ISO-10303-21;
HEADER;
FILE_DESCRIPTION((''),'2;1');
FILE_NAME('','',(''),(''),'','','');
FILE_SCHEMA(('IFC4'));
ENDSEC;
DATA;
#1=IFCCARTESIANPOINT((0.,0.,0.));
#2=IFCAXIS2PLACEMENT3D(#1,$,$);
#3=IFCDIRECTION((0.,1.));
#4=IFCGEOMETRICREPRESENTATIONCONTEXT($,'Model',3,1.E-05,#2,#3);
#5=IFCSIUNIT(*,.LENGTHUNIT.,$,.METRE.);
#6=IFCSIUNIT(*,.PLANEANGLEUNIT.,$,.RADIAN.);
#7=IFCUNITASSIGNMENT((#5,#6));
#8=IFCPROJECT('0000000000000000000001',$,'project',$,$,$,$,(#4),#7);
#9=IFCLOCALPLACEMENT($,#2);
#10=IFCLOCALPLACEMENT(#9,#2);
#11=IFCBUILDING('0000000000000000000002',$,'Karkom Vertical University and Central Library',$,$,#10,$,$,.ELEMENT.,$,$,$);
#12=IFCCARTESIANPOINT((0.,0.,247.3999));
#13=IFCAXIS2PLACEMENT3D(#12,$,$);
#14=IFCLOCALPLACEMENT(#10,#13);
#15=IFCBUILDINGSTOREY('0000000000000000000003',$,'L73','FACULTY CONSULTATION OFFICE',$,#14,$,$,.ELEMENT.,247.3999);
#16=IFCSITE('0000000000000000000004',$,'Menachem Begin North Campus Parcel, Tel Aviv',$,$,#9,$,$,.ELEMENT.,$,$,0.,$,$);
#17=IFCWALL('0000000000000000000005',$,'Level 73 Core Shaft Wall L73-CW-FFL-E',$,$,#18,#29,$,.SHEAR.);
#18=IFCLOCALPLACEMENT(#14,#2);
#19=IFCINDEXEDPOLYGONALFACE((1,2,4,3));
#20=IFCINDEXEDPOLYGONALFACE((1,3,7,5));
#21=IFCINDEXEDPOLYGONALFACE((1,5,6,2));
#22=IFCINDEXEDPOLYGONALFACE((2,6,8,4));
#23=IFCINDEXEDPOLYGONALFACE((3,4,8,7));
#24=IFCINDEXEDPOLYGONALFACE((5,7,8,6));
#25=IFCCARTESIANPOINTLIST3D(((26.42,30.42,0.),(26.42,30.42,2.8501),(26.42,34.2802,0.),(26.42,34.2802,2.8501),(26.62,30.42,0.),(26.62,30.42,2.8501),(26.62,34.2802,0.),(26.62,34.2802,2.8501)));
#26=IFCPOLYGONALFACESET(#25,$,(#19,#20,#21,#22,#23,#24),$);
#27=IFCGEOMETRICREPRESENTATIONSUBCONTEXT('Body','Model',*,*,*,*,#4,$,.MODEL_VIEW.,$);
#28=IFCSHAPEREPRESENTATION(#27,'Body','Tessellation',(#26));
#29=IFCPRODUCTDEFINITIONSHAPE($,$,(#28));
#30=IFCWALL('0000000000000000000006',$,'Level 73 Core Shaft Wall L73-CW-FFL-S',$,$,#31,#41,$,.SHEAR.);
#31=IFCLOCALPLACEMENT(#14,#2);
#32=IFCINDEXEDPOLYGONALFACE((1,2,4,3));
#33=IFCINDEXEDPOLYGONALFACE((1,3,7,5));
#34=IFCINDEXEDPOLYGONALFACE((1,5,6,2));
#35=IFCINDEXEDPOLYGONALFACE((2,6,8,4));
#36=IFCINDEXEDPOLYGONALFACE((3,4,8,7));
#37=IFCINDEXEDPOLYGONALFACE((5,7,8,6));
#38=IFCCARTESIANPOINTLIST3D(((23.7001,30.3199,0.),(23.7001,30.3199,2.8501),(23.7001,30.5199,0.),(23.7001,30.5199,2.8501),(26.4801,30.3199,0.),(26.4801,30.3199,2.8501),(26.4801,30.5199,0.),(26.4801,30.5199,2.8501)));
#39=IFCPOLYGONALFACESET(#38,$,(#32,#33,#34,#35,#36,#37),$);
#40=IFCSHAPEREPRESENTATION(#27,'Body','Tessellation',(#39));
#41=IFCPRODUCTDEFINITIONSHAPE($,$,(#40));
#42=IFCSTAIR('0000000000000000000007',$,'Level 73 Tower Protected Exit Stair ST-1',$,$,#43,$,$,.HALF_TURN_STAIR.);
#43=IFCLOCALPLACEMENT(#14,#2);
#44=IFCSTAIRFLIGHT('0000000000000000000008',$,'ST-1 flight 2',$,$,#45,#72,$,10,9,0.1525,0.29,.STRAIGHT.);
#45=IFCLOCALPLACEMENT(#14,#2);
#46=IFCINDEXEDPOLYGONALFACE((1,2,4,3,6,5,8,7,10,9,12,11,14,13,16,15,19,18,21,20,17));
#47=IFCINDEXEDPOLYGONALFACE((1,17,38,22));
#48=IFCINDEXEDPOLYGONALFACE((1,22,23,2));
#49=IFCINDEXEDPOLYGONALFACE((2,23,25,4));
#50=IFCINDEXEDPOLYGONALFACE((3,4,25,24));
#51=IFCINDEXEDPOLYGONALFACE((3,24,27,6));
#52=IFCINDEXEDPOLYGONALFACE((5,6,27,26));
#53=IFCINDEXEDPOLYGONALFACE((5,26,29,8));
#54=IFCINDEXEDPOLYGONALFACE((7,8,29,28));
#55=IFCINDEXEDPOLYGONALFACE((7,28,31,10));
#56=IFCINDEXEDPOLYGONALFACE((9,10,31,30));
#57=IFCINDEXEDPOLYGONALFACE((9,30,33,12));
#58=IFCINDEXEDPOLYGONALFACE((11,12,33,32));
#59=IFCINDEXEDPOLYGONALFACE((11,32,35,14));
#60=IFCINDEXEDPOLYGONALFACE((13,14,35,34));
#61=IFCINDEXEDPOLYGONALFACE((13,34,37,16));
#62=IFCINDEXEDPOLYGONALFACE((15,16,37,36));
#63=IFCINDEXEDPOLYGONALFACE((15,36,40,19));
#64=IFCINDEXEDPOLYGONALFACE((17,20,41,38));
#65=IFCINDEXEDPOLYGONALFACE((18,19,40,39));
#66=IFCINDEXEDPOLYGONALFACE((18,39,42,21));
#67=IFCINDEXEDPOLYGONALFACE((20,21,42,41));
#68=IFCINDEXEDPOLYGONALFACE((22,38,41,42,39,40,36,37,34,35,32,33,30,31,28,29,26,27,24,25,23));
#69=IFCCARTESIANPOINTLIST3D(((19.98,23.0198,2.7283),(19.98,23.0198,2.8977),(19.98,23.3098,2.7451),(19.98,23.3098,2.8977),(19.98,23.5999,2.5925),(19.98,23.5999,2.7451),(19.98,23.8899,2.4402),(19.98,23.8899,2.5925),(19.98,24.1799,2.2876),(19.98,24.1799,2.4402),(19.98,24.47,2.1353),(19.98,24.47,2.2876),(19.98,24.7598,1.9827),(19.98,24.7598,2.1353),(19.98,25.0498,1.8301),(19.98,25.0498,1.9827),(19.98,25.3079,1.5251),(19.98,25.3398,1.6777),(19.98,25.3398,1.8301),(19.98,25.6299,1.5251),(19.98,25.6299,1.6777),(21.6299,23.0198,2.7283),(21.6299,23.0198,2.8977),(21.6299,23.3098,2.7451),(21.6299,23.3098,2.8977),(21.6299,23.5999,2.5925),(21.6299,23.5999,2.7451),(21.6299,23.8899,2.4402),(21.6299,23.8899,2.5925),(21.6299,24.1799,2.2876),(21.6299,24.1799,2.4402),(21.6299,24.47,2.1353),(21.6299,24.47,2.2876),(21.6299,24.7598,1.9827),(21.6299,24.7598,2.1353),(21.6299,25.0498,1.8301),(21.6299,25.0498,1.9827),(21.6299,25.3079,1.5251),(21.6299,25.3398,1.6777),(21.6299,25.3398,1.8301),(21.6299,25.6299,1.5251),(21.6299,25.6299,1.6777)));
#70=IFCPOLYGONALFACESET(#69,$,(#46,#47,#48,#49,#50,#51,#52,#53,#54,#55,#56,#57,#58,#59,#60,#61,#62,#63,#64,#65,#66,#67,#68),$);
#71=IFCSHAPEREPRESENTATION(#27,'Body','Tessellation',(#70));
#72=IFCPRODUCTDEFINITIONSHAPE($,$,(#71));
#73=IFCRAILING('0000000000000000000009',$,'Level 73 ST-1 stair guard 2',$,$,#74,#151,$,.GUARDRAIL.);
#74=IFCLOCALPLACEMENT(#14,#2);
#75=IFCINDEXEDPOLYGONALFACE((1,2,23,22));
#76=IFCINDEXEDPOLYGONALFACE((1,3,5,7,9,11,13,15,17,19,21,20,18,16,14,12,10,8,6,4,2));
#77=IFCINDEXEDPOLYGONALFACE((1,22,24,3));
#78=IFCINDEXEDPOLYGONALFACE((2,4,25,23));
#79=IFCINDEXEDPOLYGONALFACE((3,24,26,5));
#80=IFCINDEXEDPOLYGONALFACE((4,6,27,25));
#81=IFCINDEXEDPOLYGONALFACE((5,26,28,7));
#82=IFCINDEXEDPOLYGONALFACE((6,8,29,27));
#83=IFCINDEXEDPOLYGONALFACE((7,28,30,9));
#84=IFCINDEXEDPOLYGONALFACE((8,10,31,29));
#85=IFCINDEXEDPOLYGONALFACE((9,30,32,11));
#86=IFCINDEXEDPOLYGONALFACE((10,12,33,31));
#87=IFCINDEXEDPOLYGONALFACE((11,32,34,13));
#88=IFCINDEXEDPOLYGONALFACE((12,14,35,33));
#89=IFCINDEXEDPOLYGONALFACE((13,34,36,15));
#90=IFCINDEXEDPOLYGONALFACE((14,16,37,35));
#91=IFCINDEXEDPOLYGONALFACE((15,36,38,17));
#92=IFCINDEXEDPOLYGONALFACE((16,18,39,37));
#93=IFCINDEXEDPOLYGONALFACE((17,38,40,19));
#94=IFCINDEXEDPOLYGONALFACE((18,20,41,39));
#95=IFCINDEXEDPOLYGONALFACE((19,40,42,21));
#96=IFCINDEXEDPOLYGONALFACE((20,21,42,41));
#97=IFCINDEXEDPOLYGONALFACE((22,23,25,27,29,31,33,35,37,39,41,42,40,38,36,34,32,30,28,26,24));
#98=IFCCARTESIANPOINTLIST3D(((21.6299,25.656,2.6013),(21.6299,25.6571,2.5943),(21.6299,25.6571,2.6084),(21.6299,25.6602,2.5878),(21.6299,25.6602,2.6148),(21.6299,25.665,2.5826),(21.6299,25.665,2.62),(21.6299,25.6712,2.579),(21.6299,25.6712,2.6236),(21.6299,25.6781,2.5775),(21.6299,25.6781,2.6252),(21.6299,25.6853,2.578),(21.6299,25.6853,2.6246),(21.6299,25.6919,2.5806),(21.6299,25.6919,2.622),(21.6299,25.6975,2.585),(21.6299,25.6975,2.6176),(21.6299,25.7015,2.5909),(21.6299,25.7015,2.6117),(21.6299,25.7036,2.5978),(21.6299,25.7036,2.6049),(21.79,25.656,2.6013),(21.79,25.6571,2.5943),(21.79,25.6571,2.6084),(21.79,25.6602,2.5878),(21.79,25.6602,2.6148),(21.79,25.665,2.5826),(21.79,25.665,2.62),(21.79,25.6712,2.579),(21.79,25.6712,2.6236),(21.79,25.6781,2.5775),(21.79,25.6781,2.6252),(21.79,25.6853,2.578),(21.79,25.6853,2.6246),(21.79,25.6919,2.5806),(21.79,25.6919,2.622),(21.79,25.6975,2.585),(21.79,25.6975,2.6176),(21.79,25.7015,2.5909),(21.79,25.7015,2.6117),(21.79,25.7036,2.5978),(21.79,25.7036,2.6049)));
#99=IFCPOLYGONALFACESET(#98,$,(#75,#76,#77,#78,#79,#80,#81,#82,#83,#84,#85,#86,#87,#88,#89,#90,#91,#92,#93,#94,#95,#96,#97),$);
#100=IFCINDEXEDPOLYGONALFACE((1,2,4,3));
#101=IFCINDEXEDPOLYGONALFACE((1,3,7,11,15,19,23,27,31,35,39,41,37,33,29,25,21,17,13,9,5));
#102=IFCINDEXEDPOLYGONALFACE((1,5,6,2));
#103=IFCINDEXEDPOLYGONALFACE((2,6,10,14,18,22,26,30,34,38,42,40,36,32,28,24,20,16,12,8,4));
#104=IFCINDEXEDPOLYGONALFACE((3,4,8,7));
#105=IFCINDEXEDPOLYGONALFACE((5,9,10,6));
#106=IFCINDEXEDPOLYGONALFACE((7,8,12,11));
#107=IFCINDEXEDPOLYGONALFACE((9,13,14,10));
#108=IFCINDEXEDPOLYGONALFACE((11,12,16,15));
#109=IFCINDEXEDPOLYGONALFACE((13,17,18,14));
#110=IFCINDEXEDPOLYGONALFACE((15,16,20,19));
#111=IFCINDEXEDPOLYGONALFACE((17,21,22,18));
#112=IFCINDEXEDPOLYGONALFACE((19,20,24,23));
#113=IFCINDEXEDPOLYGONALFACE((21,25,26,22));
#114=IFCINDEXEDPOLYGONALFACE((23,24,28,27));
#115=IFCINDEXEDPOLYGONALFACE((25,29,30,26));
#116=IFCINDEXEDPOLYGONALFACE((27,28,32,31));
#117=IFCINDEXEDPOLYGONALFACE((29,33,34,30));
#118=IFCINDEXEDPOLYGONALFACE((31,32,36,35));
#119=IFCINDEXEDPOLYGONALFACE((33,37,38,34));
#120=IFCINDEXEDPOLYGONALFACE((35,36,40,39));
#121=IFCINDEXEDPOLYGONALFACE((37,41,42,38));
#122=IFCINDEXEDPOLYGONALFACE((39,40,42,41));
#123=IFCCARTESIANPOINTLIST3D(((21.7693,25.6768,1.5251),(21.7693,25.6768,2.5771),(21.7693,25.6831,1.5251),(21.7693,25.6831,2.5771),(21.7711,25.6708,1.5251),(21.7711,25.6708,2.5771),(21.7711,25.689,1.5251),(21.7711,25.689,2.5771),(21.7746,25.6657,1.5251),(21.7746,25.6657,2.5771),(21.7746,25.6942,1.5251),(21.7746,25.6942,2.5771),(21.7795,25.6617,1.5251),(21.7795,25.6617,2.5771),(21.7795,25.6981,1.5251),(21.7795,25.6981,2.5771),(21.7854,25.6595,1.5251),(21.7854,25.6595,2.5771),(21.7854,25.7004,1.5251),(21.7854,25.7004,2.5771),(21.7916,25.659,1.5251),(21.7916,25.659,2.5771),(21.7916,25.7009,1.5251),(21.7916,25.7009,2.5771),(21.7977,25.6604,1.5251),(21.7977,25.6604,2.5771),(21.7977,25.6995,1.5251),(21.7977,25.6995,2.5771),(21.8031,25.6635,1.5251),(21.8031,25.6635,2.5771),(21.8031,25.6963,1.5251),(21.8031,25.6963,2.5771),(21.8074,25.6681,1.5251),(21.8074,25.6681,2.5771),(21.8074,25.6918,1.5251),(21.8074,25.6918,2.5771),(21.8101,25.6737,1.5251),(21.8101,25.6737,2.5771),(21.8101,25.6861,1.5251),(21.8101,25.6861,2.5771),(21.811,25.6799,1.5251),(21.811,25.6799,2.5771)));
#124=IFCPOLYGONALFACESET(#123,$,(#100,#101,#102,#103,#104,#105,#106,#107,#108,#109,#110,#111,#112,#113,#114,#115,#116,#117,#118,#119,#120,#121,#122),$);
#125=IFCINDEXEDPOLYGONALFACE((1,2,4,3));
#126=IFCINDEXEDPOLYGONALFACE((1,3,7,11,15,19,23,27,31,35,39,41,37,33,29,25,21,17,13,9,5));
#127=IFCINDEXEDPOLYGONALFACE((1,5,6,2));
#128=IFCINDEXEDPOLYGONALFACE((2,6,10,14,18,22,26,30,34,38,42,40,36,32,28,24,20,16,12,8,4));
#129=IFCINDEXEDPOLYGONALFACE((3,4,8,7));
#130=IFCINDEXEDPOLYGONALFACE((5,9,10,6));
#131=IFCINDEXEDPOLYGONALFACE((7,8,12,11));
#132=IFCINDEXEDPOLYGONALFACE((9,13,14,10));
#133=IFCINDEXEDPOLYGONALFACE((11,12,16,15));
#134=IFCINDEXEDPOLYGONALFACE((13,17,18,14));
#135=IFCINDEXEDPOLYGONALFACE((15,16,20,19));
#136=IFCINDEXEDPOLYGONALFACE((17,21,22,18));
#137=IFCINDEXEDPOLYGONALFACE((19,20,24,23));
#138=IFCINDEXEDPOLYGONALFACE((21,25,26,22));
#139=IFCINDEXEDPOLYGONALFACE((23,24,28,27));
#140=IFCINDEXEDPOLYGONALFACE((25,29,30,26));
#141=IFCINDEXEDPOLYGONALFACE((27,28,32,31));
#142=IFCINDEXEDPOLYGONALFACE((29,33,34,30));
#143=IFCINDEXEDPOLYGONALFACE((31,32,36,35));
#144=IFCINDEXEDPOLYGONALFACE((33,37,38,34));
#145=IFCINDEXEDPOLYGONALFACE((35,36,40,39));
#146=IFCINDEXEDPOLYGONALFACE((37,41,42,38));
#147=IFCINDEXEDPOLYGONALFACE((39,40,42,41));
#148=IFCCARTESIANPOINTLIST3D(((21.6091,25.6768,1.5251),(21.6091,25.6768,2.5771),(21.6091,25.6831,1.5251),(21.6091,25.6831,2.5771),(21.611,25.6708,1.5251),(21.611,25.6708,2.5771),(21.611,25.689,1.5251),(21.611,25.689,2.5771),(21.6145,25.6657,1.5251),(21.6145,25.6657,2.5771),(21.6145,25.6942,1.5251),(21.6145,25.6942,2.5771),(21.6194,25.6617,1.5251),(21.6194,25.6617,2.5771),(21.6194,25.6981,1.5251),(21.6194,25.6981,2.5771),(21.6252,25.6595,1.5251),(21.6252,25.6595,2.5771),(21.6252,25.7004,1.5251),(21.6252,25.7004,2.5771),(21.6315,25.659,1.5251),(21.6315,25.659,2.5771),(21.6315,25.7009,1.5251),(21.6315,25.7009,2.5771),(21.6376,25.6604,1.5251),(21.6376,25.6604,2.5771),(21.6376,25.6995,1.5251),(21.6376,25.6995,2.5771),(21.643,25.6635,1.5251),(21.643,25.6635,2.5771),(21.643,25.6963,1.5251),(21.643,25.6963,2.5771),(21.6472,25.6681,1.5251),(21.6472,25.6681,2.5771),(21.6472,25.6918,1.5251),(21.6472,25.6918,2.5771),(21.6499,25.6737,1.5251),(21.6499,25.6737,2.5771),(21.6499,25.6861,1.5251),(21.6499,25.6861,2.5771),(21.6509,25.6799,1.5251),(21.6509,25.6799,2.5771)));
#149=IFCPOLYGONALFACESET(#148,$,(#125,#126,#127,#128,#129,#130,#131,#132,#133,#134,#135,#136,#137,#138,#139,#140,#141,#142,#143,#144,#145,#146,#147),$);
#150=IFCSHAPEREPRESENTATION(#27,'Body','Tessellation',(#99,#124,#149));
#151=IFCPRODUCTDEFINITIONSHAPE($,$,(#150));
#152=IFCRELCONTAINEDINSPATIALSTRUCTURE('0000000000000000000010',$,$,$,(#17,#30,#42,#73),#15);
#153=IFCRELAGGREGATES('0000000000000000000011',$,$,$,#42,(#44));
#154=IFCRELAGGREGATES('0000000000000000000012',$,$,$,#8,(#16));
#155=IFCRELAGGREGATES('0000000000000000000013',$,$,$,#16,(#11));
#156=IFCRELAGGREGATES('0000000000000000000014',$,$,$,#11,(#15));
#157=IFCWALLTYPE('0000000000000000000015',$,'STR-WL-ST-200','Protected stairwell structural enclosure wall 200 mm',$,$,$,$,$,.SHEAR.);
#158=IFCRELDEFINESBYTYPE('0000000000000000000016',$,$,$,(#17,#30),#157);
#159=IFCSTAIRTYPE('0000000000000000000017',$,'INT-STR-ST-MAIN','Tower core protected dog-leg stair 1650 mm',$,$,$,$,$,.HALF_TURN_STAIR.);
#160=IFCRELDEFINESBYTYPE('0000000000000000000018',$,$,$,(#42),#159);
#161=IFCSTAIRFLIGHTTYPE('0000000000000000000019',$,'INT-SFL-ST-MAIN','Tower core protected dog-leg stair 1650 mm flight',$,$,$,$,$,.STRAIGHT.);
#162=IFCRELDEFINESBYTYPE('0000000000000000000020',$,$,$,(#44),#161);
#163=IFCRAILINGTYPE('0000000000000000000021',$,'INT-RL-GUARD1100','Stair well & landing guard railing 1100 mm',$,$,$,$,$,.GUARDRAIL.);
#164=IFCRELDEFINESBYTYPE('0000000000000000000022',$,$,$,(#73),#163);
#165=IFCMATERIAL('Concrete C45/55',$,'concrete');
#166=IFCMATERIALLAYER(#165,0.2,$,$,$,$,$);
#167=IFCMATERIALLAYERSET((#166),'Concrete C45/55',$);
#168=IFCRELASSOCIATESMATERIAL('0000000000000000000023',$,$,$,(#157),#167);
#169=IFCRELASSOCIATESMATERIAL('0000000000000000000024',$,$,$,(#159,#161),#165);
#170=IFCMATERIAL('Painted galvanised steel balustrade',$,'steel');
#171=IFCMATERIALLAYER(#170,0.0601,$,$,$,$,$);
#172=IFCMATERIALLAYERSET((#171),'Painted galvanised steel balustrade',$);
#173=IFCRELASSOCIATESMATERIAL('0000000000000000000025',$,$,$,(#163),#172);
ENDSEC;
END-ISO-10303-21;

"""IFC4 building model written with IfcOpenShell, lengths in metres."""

from ifc_helpers import new_model, si_unit, direction, frame, frame_2d, origin, origin_2d, place, context, subcontext, project, spatial, polyline, rectangle, circle, outline, extrude, material, layer, layer_set, type_object, element, aggregate, save


model = new_model("IFC4")

# Units and contexts
model_context = context("Model", 3, precision=1e-05, world=origin(), true_north=direction((0.0, 1.0)))
body_context = subcontext(model_context, "Body", "Model", "MODEL_VIEW")
ifc_project = project(units=[si_unit("LENGTHUNIT", "METRE"), si_unit("PLANEANGLEUNIT", "RADIAN")], contexts=[model_context])

# Site, building, storey
site_placement = place(None, origin())
site = spatial("IfcSite", under=ifc_project, at=site_placement, Name="Menachem Begin North Campus Parcel, Tel Aviv", CompositionType="ELEMENT", RefElevation=0.0)
building_placement = place(site_placement, origin())
building = spatial("IfcBuilding", under=site, at=building_placement, Name="Karkom Vertical University and Central Library", CompositionType="ELEMENT")
storey_placement = place(building_placement, frame((0.0, 0.0, 247.3999)))
storey = spatial("IfcBuildingStorey", under=building, at=storey_placement, Name="L73", Description="FACULTY CONSULTATION OFFICE", CompositionType="ELEMENT", Elevation=247.3999)

# Shared definitions
ifc_material_1 = material(Name="Concrete C45/55", Category="concrete")

# Shared definitions
ifc_layer_1 = layer(ifc_material_1, 0.2)
ifc_layer_set_1 = layer_set([ifc_layer_1], Name="Concrete C45/55")
wall_type_1 = type_object("IfcWallType", Name="STR-WL-ST-200", Description="Protected stairwell structural enclosure wall 200 mm", PredefinedType="SHEAR", material=ifc_layer_set_1)

# Walls
wall_1_placement = place(storey_placement, frame((26.52, 30.4199, 0.0), z_axis=(0.0, 0.0, 1.0), x_axis=(0.0, 1.0, 0.0)))
element("IfcWall", 1, at=wall_1_placement, inside=storey, type_object=wall_type_1, Name="Level 73 Core Shaft Wall L73-CW-FFL-E", PredefinedType="SHEAR", context=body_context, shape_type="SweptSolid", body=[
    extrude(rectangle(XDim=3.8601, YDim=0.2, at=frame_2d((1.9302, 0.0))), origin(), (0.0, 0.0, 1.0), 2.8501),
])
wall_2_placement = place(storey_placement, frame((23.7, 30.4199, 0.0), z_axis=(0.0, 0.0, 1.0), x_axis=(1.0, 0.0, 0.0)))
element("IfcWall", 2, at=wall_2_placement, inside=storey, type_object=wall_type_1, Name="Level 73 Core Shaft Wall L73-CW-FFL-S", PredefinedType="SHEAR", context=body_context, shape_type="SweptSolid", body=[
    extrude(rectangle(XDim=2.78, YDim=0.2, at=frame_2d((1.3901, 0.0))), origin(), (0.0, 0.0, 1.0), 2.8501),
])

# Stair, stair flight
stair_type = type_object("IfcStairType", Name="INT-STR-ST-MAIN", Description="Tower core protected dog-leg stair 1650 mm", PredefinedType="HALF_TURN_STAIR", material=ifc_material_1)
stair_placement = place(storey_placement, origin())
stair = element("IfcStair", 3, at=stair_placement, inside=storey, type_object=stair_type, Name="Level 73 Tower Protected Exit Stair ST-1", PredefinedType="HALF_TURN_STAIR")
stair_flight_type = type_object("IfcStairFlightType", Name="INT-SFL-ST-MAIN", Description="Tower core protected dog-leg stair 1650 mm flight", PredefinedType="STRAIGHT", material=ifc_material_1)
stair_flight_placement = place(storey_placement, frame((20.8049, 25.6299, 1.5251), z_axis=(0.0, 0.0, 1.0), x_axis=(0.0, -1.0, 0.0)))
stair_flight = element("IfcStairFlight", 4, at=stair_flight_placement, type_object=stair_flight_type, Name="ST-1 flight 2", NumberOfRisers=10, NumberOfTreads=9, PredefinedType="STRAIGHT", RiserHeight=0.1525, TreadLength=0.29, context=body_context, shape_type="SweptSolid", body=[
    extrude(outline(polyline([(0.0, 0.0), (0.0, 0.1526), (0.29, 0.1526), (0.29, 0.3049), (0.5801, 0.3049), (0.5801, 0.4575), (0.8701, 0.4575), (0.8701, 0.6101), (1.1599, 0.6101), (1.1599, 0.7625), (1.45, 0.7625), (1.45, 0.915), (1.74, 0.915), (1.74, 1.0674), (2.03, 1.0674), (2.03, 1.22), (2.3201, 1.22), (2.3201, 1.3726), (2.6101, 1.3726), (2.6101, 1.5249), (2.6101, 1.2031), (0.322, 0.0), (0.0, 0.0)])), frame((0.0, 0.825, 0.0), z_axis=(0.0, -1.0, 0.0), x_axis=(1.0, 0.0, 0.0)), (0.0, 0.0, 1.0), 1.6499),
])
aggregate(stair, [stair_flight])

# Railing
ifc_material_2 = material(Name="Painted galvanised steel balustrade", Category="steel")
ifc_layer_2 = layer(ifc_material_2, 0.0601)
ifc_layer_set_2 = layer_set([ifc_layer_2], Name="Painted galvanised steel balustrade")
railing_type_1 = type_object("IfcRailingType", Name="INT-RL-GUARD1100", Description="Stair well & landing guard railing 1100 mm", PredefinedType="GUARDRAIL", material=ifc_layer_set_2)
railing_1_placement = place(storey_placement, frame((21.79, 25.6799, 1.5251)))
element("IfcRailing", 5, at=railing_1_placement, inside=storey, type_object=railing_type_1, Name="Level 73 ST-1 stair guard 2", PredefinedType="GUARDRAIL", context=body_context, shape_type="SweptSolid", body=[
    extrude(circle(Radius=0.0239, at=origin_2d()), frame((0.0, 0.0, 1.0762), z_axis=(-1.0, 0.0, 0.0), x_axis=(0.0, -1.0, 0.0)), (0.0, 0.0, 1.0), 0.1602),
    extrude(circle(Radius=0.021, at=origin_2d()), origin(), (0.0, 0.0, 1.0), 1.052),
    extrude(circle(Radius=0.021, at=origin_2d()), frame((-0.1602, 0.0, 0.0)), (0.0, 0.0, 1.0), 1.052),
])

save(model, "model.ifc")
